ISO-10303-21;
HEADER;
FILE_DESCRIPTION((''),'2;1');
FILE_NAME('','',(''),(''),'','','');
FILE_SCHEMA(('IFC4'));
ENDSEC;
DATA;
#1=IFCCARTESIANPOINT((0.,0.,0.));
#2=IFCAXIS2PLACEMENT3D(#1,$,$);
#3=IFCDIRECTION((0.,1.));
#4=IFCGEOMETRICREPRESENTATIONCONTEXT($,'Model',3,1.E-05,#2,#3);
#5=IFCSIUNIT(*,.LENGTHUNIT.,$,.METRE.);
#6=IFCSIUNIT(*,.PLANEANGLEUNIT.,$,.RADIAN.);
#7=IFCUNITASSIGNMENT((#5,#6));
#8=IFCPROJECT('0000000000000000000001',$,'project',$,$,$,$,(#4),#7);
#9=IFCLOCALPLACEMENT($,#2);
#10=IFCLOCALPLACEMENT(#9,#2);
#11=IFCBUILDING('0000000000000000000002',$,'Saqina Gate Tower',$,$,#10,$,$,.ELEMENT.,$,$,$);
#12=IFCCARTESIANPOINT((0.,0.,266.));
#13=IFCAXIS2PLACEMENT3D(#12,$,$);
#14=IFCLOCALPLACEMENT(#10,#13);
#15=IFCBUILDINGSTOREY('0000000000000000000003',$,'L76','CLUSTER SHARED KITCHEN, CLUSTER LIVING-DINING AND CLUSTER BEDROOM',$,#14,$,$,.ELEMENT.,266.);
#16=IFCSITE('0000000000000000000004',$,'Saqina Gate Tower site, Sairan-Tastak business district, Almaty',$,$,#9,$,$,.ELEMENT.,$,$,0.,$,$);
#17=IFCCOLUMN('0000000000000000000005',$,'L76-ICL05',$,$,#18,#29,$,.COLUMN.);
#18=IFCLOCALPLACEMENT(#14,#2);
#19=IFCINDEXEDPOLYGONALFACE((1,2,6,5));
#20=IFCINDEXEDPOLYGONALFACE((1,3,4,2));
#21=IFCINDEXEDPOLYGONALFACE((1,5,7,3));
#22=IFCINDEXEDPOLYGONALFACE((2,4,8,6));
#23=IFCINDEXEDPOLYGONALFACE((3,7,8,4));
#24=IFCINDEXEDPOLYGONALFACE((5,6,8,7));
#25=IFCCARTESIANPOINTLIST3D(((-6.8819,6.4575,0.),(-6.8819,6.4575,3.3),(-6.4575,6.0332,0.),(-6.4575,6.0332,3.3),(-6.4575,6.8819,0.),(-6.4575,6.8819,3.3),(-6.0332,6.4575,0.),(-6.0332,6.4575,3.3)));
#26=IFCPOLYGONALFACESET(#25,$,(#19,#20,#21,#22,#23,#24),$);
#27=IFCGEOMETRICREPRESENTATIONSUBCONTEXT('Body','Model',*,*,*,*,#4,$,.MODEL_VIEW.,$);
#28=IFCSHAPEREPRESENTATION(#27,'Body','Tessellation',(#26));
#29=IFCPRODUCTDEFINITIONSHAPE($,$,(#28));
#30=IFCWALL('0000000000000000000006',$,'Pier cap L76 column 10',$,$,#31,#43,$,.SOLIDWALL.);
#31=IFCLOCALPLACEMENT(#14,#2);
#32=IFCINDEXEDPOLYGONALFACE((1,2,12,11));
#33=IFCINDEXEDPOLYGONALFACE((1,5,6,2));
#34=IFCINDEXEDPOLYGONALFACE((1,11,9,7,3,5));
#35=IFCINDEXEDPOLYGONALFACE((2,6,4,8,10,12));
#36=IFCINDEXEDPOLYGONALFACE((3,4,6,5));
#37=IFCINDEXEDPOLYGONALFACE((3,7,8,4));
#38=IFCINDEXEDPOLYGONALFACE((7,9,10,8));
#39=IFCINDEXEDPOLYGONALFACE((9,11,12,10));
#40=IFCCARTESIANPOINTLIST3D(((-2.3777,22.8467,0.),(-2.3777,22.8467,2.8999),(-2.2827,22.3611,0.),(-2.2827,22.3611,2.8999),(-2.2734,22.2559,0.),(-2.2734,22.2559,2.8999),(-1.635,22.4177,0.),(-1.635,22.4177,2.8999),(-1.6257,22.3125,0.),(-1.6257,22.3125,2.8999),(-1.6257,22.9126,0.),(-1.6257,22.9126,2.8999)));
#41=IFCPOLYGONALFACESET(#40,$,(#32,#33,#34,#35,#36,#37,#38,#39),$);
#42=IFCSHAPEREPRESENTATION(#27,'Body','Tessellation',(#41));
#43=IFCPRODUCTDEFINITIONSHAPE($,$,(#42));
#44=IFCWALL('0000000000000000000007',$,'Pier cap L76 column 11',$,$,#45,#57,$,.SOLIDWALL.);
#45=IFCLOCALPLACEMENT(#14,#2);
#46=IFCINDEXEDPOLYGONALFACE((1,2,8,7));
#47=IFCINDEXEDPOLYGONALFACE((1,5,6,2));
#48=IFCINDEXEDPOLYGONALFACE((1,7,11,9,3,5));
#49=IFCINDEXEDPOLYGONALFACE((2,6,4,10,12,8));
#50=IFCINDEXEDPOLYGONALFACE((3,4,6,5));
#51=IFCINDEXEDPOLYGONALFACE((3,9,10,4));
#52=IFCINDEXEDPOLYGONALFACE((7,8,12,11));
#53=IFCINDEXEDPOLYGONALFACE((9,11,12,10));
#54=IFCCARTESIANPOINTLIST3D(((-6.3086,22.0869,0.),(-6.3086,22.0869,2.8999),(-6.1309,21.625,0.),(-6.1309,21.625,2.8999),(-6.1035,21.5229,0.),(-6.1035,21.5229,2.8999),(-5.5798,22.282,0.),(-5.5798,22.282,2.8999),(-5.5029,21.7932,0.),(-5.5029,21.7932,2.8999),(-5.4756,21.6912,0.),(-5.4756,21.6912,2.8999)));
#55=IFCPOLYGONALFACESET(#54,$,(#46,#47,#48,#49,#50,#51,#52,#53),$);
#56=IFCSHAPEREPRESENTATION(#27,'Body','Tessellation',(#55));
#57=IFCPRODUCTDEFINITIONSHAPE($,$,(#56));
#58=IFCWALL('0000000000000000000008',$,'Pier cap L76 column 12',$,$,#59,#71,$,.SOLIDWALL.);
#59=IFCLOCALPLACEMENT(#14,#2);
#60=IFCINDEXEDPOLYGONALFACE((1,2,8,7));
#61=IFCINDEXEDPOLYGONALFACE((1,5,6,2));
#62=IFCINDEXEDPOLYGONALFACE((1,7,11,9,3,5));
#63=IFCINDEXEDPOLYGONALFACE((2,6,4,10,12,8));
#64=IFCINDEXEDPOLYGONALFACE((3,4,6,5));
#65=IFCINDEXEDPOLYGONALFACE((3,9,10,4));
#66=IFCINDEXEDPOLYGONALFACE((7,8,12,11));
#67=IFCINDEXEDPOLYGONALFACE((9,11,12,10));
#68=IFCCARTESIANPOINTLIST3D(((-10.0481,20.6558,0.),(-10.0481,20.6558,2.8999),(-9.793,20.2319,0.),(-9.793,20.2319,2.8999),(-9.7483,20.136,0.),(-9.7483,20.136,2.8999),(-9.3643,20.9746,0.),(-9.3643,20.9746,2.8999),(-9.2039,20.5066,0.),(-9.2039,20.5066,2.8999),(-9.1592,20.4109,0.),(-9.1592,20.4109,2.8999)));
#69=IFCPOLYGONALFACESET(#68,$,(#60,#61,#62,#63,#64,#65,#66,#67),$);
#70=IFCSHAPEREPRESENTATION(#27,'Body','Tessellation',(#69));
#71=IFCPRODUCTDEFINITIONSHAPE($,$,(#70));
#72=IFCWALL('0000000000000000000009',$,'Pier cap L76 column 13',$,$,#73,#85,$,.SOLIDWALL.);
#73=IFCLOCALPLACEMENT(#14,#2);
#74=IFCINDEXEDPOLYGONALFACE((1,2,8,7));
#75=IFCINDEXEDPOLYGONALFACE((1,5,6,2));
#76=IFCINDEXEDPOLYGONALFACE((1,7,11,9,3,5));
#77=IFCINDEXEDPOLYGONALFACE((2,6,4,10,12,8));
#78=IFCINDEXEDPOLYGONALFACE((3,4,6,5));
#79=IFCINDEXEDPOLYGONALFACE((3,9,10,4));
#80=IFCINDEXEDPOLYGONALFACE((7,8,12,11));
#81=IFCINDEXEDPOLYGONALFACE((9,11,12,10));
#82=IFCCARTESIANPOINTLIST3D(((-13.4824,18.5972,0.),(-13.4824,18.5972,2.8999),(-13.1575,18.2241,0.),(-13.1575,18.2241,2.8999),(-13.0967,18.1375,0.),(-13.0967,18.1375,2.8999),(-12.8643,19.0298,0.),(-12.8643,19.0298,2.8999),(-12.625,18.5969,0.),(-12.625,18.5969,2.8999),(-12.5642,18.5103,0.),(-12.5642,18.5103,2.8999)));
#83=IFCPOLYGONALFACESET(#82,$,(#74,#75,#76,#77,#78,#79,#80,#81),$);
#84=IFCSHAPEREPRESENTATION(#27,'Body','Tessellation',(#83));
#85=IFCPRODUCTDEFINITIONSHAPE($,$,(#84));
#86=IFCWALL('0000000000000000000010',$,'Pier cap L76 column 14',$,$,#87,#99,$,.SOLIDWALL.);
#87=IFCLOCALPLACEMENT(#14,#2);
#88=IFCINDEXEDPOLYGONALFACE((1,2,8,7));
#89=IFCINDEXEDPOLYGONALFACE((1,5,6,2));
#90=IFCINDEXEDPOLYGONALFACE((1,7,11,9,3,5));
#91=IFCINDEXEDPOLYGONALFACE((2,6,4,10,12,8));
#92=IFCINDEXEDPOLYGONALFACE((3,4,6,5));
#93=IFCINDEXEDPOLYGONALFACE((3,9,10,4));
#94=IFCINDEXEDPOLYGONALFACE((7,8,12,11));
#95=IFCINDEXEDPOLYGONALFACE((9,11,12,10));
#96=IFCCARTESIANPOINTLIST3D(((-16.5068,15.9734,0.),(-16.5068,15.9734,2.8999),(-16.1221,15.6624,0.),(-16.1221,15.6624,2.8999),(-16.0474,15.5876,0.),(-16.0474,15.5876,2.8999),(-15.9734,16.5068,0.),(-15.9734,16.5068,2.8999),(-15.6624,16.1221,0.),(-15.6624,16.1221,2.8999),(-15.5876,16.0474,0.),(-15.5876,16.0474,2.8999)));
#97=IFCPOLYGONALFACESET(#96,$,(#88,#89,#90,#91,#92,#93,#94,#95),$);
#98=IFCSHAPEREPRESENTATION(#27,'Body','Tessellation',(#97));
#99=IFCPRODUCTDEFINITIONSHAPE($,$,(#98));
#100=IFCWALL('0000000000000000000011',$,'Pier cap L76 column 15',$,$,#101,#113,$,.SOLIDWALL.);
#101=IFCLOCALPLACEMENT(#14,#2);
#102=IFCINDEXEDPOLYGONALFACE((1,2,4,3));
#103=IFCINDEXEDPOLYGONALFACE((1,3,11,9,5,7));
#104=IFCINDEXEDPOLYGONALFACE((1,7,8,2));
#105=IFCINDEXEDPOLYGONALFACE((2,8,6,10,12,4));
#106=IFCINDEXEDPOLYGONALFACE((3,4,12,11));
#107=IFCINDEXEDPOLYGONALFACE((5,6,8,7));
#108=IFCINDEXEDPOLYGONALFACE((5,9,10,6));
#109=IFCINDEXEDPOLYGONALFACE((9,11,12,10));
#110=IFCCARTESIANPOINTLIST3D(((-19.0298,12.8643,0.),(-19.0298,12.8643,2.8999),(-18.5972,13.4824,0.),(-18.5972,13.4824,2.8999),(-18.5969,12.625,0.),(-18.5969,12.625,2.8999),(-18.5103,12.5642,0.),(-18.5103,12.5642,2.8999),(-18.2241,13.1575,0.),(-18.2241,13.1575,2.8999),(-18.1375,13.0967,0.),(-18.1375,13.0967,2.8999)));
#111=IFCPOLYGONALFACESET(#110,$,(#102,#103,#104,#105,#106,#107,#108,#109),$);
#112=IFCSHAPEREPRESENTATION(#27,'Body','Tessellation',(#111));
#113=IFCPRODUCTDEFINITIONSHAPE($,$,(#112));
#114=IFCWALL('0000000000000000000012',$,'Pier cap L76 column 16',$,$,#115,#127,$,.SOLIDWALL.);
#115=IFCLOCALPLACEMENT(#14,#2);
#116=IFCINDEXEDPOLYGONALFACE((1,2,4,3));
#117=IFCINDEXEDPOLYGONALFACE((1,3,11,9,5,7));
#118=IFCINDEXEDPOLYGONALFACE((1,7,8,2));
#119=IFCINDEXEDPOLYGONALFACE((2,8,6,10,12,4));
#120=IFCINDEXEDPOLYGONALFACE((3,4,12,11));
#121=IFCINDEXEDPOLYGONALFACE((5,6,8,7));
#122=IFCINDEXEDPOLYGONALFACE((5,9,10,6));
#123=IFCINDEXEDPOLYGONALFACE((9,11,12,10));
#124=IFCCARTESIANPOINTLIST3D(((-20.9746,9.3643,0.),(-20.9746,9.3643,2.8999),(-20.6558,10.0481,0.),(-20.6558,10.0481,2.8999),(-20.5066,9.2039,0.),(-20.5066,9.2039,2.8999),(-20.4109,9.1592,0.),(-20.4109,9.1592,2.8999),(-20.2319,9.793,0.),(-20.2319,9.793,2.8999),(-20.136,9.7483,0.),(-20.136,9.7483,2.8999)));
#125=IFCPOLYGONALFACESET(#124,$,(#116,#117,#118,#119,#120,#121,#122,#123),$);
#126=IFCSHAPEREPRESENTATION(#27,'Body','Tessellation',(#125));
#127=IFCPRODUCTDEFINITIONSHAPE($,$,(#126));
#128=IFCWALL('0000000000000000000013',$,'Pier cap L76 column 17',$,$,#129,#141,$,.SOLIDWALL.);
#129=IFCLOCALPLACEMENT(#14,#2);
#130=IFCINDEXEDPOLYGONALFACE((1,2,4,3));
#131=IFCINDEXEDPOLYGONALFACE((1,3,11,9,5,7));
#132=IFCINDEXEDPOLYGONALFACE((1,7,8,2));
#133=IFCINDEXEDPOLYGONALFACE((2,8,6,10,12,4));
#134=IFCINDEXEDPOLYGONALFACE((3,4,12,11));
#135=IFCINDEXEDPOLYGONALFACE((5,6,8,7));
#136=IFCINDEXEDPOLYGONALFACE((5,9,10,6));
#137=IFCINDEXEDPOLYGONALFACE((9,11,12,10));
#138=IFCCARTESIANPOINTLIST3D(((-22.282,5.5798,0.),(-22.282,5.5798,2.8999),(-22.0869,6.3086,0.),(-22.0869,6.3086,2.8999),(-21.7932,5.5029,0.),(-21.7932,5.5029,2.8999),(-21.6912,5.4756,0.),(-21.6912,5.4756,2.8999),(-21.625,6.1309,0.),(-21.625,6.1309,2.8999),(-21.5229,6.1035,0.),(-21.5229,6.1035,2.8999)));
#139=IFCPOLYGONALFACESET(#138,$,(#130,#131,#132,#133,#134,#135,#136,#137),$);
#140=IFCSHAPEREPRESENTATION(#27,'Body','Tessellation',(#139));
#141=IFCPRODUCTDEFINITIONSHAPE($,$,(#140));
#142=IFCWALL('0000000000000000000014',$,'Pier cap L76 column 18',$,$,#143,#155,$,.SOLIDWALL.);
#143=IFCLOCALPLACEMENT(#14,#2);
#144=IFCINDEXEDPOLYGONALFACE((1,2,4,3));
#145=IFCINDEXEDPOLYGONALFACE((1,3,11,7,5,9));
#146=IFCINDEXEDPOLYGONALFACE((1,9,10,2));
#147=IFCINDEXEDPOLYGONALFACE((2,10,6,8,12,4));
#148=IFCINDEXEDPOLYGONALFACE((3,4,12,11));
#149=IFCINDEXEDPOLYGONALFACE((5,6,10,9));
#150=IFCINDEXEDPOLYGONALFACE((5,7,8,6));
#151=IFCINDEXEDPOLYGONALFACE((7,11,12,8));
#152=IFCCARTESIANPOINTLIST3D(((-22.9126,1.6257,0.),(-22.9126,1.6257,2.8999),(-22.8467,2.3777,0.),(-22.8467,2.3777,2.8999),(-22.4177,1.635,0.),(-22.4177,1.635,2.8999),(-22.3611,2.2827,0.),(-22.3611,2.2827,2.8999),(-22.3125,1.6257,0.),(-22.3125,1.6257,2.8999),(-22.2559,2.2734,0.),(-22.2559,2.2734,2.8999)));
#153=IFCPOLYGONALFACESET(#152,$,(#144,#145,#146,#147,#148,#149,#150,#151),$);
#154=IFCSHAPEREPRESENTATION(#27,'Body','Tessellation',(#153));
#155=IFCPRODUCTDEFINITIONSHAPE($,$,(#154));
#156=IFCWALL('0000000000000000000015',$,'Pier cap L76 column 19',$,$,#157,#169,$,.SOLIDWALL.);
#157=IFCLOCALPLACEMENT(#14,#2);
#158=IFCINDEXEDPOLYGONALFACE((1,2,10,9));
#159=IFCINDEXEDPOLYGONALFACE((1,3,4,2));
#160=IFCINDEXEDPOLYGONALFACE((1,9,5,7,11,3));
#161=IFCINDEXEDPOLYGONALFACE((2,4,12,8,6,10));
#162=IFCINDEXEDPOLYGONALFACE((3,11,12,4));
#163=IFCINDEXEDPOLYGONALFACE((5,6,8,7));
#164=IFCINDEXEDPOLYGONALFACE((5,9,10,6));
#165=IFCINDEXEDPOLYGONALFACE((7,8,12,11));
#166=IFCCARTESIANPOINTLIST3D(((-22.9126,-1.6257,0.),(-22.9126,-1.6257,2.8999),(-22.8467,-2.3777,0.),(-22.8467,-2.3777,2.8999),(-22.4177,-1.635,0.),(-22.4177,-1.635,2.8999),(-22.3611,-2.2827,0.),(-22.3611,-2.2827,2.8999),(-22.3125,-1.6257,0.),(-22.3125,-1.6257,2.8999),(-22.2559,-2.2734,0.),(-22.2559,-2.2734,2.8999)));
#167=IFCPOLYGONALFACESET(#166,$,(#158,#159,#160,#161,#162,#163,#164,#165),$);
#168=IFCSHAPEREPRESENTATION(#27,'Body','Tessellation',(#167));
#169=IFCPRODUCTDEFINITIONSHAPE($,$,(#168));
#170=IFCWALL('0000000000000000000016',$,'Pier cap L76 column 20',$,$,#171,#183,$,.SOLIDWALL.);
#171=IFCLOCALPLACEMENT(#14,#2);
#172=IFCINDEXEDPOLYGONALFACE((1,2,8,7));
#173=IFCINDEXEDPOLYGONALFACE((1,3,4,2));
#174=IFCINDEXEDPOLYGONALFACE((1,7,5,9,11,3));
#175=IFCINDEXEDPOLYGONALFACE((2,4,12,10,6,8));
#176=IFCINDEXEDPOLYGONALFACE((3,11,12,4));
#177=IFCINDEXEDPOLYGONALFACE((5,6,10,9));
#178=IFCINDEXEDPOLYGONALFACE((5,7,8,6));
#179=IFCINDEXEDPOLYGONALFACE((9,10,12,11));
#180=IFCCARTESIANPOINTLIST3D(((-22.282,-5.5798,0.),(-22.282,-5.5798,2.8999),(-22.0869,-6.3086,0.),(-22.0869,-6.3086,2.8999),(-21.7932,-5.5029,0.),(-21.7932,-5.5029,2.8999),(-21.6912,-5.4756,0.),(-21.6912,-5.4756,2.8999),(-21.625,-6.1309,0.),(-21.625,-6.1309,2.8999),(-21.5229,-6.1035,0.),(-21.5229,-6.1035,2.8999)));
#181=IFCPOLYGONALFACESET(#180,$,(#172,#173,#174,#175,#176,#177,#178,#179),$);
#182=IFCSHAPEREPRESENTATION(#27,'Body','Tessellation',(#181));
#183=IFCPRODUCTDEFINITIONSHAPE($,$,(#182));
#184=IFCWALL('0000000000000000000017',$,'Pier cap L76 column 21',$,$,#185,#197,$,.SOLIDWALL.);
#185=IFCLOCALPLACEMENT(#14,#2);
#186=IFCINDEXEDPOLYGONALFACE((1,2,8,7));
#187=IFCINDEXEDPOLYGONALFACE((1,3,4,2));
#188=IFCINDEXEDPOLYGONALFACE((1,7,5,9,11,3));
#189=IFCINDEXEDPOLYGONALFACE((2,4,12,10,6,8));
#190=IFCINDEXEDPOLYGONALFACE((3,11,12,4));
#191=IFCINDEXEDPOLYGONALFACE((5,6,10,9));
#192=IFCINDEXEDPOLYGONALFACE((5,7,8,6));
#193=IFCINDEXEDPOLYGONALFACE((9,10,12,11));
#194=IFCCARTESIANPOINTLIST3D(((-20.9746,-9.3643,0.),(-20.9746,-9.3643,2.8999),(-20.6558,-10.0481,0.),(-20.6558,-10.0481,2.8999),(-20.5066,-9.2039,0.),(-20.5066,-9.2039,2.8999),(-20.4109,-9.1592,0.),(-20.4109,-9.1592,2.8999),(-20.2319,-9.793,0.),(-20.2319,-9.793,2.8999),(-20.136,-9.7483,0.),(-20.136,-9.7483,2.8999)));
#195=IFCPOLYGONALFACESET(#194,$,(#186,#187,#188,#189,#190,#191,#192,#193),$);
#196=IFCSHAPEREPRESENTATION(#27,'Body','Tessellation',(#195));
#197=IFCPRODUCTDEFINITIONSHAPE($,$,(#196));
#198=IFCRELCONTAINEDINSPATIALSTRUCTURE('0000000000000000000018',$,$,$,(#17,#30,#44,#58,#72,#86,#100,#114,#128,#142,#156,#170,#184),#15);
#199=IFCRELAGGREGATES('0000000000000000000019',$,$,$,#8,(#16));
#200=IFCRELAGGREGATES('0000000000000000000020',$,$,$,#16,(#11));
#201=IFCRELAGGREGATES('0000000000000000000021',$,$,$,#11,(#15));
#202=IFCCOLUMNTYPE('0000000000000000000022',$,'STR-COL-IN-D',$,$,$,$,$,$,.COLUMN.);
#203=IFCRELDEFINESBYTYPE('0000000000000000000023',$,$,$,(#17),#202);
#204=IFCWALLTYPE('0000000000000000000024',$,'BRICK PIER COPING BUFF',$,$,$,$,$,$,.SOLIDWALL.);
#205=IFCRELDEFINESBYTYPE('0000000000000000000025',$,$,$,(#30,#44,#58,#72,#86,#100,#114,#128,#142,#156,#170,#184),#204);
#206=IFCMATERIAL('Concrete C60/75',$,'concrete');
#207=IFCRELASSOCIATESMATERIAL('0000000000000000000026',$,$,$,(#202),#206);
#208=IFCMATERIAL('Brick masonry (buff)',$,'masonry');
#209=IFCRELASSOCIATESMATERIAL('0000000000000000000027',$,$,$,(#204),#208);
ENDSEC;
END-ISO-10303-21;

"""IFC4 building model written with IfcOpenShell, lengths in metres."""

from ifc_helpers import new_model, si_unit, direction, frame, origin, origin_2d, place, context, subcontext, project, spatial, polyline, rectangle, outline, extrude, material, material_profile, profile_set, type_object, element, save


model = new_model("IFC4")

# Units and contexts
model_context = context("Model", 3, precision=1e-05, world=origin(), true_north=direction((0.0, 1.0)))
body_context = subcontext(model_context, "Body", "Model", "MODEL_VIEW")
ifc_project = project(units=[si_unit("LENGTHUNIT", "METRE"), si_unit("PLANEANGLEUNIT", "RADIAN")], contexts=[model_context])

# Site, building, storey
site_placement = place(None, origin())
site = spatial("IfcSite", under=ifc_project, at=site_placement, Name="Saqina Gate Tower site, Sairan-Tastak business district, Almaty", CompositionType="ELEMENT", RefElevation=0.0)
building_placement = place(site_placement, origin())
building = spatial("IfcBuilding", under=site, at=building_placement, Name="Saqina Gate Tower", CompositionType="ELEMENT")
storey_placement = place(building_placement, frame((0.0, 0.0, 266.0)))
storey = spatial("IfcBuildingStorey", under=building, at=storey_placement, Name="L76", Description="CLUSTER SHARED KITCHEN, CLUSTER LIVING-DINING AND CLUSTER BEDROOM", CompositionType="ELEMENT", Elevation=266.0)

# Column
ifc_material_1 = material(Name="Concrete C60/75", Category="concrete")
ifc_material_profile = material_profile(ifc_material_1, rectangle(XDim=0.6001, YDim=0.6001, at=origin_2d()), Name="RC 600x600")
ifc_profile_set = profile_set([ifc_material_profile], Name="Concrete C60/75")
column_type = type_object("IfcColumnType", Name="STR-COL-IN-D", PredefinedType="COLUMN", material=ifc_profile_set)
column_placement = place(storey_placement, frame((-6.4575, 6.4575, 0.0), z_axis=(0.0, 0.0, 1.0), x_axis=(-0.707107, 0.707107, 0.0)))
element("IfcColumn", 1, at=column_placement, inside=storey, type_object=column_type, Name="L76-ICL05", PredefinedType="COLUMN", context=body_context, shape_type="SweptSolid", body=[
    extrude(rectangle(XDim=0.6001, YDim=0.6001, at=origin_2d()), origin(), (0.0, 0.0, 1.0), 3.3),
])

# Walls
ifc_material_2 = material(Name="Brick masonry (buff)", Category="masonry")
wall_type_1 = type_object("IfcWallType", Name="BRICK PIER COPING BUFF", PredefinedType="SOLIDWALL", material=ifc_material_2)
wall_1_placement = place(storey_placement, origin())
element("IfcWall", 2, at=wall_1_placement, inside=storey, type_object=wall_type_1, Name="Pier cap L76 column 10", PredefinedType="SOLIDWALL", context=body_context, shape_type="SweptSolid", body=[
    extrude(outline(polyline([(-1.6257, 22.9126), (-2.3777, 22.8467), (-2.2734, 22.2559), (-2.2827, 22.3611), (-1.635, 22.4177), (-1.6257, 22.3125), (-1.6257, 22.9126)])), origin(), (0.0, 0.0, 1.0), 2.8999),
])
wall_2_placement = place(storey_placement, origin())
element("IfcWall", 3, at=wall_2_placement, inside=storey, type_object=wall_type_1, Name="Pier cap L76 column 11", PredefinedType="SOLIDWALL", context=body_context, shape_type="SweptSolid", body=[
    extrude(outline(polyline([(-6.3086, 22.0869), (-6.1035, 21.5229), (-6.1309, 21.625), (-5.5029, 21.7932), (-5.4756, 21.6912), (-5.5798, 22.282), (-6.3086, 22.0869)])), origin(), (0.0, 0.0, 1.0), 2.8999),
])
wall_3_placement = place(storey_placement, origin())
element("IfcWall", 4, at=wall_3_placement, inside=storey, type_object=wall_type_1, Name="Pier cap L76 column 12", PredefinedType="SOLIDWALL", context=body_context, shape_type="SweptSolid", body=[
    extrude(outline(polyline([(-9.3643, 20.9746), (-10.0481, 20.6558), (-9.7483, 20.136), (-9.793, 20.2319), (-9.2039, 20.5066), (-9.1592, 20.4109), (-9.3643, 20.9746)])), origin(), (0.0, 0.0, 1.0), 2.8999),
])
wall_4_placement = place(storey_placement, origin())
element("IfcWall", 5, at=wall_4_placement, inside=storey, type_object=wall_type_1, Name="Pier cap L76 column 13", PredefinedType="SOLIDWALL", context=body_context, shape_type="SweptSolid", body=[
    extrude(outline(polyline([(-12.8643, 19.0298), (-13.4824, 18.5972), (-13.0967, 18.1375), (-13.1575, 18.2241), (-12.625, 18.5969), (-12.5642, 18.5103), (-12.8643, 19.0298)])), origin(), (0.0, 0.0, 1.0), 2.8999),
])
wall_5_placement = place(storey_placement, origin())
element("IfcWall", 6, at=wall_5_placement, inside=storey, type_object=wall_type_1, Name="Pier cap L76 column 14", PredefinedType="SOLIDWALL", context=body_context, shape_type="SweptSolid", body=[
    extrude(outline(polyline([(-16.5068, 15.9734), (-16.0474, 15.5876), (-16.1221, 15.6624), (-15.6624, 16.1221), (-15.5876, 16.0474), (-15.9734, 16.5068), (-16.5068, 15.9734)])), origin(), (0.0, 0.0, 1.0), 2.8999),
])
wall_6_placement = place(storey_placement, origin())
element("IfcWall", 7, at=wall_6_placement, inside=storey, type_object=wall_type_1, Name="Pier cap L76 column 15", PredefinedType="SOLIDWALL", context=body_context, shape_type="SweptSolid", body=[
    extrude(outline(polyline([(-19.0298, 12.8643), (-18.5103, 12.5642), (-18.5969, 12.625), (-18.2241, 13.1575), (-18.1375, 13.0967), (-18.5972, 13.4824), (-19.0298, 12.8643)])), origin(), (0.0, 0.0, 1.0), 2.8999),
])
wall_7_placement = place(storey_placement, origin())
element("IfcWall", 8, at=wall_7_placement, inside=storey, type_object=wall_type_1, Name="Pier cap L76 column 16", PredefinedType="SOLIDWALL", context=body_context, shape_type="SweptSolid", body=[
    extrude(outline(polyline([(-20.6558, 10.0481), (-20.9746, 9.3643), (-20.4109, 9.1592), (-20.5066, 9.2039), (-20.2319, 9.793), (-20.136, 9.7483), (-20.6558, 10.0481)])), origin(), (0.0, 0.0, 1.0), 2.8999),
])
wall_8_placement = place(storey_placement, origin())
element("IfcWall", 9, at=wall_8_placement, inside=storey, type_object=wall_type_1, Name="Pier cap L76 column 17", PredefinedType="SOLIDWALL", context=body_context, shape_type="SweptSolid", body=[
    extrude(outline(polyline([(-22.282, 5.5798), (-21.6912, 5.4756), (-21.7932, 5.5029), (-21.625, 6.1309), (-21.5229, 6.1035), (-22.0869, 6.3086), (-22.282, 5.5798)])), origin(), (0.0, 0.0, 1.0), 2.8999),
])
wall_9_placement = place(storey_placement, origin())
element("IfcWall", 10, at=wall_9_placement, inside=storey, type_object=wall_type_1, Name="Pier cap L76 column 18", PredefinedType="SOLIDWALL", context=body_context, shape_type="SweptSolid", body=[
    extrude(outline(polyline([(-22.8467, 2.3777), (-22.9126, 1.6257), (-22.3125, 1.6257), (-22.4177, 1.635), (-22.3611, 2.2827), (-22.2559, 2.2734), (-22.8467, 2.3777)])), origin(), (0.0, 0.0, 1.0), 2.8999),
])
wall_10_placement = place(storey_placement, origin())
element("IfcWall", 11, at=wall_10_placement, inside=storey, type_object=wall_type_1, Name="Pier cap L76 column 19", PredefinedType="SOLIDWALL", context=body_context, shape_type="SweptSolid", body=[
    extrude(outline(polyline([(-22.9126, -1.6257), (-22.8467, -2.3777), (-22.2559, -2.2734), (-22.3611, -2.2827), (-22.4177, -1.635), (-22.3125, -1.6257), (-22.9126, -1.6257)])), origin(), (0.0, 0.0, 1.0), 2.8999),
])
wall_11_placement = place(storey_placement, origin())
element("IfcWall", 12, at=wall_11_placement, inside=storey, type_object=wall_type_1, Name="Pier cap L76 column 20", PredefinedType="SOLIDWALL", context=body_context, shape_type="SweptSolid", body=[
    extrude(outline(polyline([(-22.0869, -6.3086), (-21.5229, -6.1035), (-21.625, -6.1309), (-21.7932, -5.5029), (-21.6912, -5.4756), (-22.282, -5.5798), (-22.0869, -6.3086)])), origin(), (0.0, 0.0, 1.0), 2.8999),
])
wall_12_placement = place(storey_placement, origin())
element("IfcWall", 13, at=wall_12_placement, inside=storey, type_object=wall_type_1, Name="Pier cap L76 column 21", PredefinedType="SOLIDWALL", context=body_context, shape_type="SweptSolid", body=[
    extrude(outline(polyline([(-20.9746, -9.3643), (-20.6558, -10.0481), (-20.136, -9.7483), (-20.2319, -9.793), (-20.5066, -9.2039), (-20.4109, -9.1592), (-20.9746, -9.3643)])), origin(), (0.0, 0.0, 1.0), 2.8999),
])

save(model, "model.ifc")
